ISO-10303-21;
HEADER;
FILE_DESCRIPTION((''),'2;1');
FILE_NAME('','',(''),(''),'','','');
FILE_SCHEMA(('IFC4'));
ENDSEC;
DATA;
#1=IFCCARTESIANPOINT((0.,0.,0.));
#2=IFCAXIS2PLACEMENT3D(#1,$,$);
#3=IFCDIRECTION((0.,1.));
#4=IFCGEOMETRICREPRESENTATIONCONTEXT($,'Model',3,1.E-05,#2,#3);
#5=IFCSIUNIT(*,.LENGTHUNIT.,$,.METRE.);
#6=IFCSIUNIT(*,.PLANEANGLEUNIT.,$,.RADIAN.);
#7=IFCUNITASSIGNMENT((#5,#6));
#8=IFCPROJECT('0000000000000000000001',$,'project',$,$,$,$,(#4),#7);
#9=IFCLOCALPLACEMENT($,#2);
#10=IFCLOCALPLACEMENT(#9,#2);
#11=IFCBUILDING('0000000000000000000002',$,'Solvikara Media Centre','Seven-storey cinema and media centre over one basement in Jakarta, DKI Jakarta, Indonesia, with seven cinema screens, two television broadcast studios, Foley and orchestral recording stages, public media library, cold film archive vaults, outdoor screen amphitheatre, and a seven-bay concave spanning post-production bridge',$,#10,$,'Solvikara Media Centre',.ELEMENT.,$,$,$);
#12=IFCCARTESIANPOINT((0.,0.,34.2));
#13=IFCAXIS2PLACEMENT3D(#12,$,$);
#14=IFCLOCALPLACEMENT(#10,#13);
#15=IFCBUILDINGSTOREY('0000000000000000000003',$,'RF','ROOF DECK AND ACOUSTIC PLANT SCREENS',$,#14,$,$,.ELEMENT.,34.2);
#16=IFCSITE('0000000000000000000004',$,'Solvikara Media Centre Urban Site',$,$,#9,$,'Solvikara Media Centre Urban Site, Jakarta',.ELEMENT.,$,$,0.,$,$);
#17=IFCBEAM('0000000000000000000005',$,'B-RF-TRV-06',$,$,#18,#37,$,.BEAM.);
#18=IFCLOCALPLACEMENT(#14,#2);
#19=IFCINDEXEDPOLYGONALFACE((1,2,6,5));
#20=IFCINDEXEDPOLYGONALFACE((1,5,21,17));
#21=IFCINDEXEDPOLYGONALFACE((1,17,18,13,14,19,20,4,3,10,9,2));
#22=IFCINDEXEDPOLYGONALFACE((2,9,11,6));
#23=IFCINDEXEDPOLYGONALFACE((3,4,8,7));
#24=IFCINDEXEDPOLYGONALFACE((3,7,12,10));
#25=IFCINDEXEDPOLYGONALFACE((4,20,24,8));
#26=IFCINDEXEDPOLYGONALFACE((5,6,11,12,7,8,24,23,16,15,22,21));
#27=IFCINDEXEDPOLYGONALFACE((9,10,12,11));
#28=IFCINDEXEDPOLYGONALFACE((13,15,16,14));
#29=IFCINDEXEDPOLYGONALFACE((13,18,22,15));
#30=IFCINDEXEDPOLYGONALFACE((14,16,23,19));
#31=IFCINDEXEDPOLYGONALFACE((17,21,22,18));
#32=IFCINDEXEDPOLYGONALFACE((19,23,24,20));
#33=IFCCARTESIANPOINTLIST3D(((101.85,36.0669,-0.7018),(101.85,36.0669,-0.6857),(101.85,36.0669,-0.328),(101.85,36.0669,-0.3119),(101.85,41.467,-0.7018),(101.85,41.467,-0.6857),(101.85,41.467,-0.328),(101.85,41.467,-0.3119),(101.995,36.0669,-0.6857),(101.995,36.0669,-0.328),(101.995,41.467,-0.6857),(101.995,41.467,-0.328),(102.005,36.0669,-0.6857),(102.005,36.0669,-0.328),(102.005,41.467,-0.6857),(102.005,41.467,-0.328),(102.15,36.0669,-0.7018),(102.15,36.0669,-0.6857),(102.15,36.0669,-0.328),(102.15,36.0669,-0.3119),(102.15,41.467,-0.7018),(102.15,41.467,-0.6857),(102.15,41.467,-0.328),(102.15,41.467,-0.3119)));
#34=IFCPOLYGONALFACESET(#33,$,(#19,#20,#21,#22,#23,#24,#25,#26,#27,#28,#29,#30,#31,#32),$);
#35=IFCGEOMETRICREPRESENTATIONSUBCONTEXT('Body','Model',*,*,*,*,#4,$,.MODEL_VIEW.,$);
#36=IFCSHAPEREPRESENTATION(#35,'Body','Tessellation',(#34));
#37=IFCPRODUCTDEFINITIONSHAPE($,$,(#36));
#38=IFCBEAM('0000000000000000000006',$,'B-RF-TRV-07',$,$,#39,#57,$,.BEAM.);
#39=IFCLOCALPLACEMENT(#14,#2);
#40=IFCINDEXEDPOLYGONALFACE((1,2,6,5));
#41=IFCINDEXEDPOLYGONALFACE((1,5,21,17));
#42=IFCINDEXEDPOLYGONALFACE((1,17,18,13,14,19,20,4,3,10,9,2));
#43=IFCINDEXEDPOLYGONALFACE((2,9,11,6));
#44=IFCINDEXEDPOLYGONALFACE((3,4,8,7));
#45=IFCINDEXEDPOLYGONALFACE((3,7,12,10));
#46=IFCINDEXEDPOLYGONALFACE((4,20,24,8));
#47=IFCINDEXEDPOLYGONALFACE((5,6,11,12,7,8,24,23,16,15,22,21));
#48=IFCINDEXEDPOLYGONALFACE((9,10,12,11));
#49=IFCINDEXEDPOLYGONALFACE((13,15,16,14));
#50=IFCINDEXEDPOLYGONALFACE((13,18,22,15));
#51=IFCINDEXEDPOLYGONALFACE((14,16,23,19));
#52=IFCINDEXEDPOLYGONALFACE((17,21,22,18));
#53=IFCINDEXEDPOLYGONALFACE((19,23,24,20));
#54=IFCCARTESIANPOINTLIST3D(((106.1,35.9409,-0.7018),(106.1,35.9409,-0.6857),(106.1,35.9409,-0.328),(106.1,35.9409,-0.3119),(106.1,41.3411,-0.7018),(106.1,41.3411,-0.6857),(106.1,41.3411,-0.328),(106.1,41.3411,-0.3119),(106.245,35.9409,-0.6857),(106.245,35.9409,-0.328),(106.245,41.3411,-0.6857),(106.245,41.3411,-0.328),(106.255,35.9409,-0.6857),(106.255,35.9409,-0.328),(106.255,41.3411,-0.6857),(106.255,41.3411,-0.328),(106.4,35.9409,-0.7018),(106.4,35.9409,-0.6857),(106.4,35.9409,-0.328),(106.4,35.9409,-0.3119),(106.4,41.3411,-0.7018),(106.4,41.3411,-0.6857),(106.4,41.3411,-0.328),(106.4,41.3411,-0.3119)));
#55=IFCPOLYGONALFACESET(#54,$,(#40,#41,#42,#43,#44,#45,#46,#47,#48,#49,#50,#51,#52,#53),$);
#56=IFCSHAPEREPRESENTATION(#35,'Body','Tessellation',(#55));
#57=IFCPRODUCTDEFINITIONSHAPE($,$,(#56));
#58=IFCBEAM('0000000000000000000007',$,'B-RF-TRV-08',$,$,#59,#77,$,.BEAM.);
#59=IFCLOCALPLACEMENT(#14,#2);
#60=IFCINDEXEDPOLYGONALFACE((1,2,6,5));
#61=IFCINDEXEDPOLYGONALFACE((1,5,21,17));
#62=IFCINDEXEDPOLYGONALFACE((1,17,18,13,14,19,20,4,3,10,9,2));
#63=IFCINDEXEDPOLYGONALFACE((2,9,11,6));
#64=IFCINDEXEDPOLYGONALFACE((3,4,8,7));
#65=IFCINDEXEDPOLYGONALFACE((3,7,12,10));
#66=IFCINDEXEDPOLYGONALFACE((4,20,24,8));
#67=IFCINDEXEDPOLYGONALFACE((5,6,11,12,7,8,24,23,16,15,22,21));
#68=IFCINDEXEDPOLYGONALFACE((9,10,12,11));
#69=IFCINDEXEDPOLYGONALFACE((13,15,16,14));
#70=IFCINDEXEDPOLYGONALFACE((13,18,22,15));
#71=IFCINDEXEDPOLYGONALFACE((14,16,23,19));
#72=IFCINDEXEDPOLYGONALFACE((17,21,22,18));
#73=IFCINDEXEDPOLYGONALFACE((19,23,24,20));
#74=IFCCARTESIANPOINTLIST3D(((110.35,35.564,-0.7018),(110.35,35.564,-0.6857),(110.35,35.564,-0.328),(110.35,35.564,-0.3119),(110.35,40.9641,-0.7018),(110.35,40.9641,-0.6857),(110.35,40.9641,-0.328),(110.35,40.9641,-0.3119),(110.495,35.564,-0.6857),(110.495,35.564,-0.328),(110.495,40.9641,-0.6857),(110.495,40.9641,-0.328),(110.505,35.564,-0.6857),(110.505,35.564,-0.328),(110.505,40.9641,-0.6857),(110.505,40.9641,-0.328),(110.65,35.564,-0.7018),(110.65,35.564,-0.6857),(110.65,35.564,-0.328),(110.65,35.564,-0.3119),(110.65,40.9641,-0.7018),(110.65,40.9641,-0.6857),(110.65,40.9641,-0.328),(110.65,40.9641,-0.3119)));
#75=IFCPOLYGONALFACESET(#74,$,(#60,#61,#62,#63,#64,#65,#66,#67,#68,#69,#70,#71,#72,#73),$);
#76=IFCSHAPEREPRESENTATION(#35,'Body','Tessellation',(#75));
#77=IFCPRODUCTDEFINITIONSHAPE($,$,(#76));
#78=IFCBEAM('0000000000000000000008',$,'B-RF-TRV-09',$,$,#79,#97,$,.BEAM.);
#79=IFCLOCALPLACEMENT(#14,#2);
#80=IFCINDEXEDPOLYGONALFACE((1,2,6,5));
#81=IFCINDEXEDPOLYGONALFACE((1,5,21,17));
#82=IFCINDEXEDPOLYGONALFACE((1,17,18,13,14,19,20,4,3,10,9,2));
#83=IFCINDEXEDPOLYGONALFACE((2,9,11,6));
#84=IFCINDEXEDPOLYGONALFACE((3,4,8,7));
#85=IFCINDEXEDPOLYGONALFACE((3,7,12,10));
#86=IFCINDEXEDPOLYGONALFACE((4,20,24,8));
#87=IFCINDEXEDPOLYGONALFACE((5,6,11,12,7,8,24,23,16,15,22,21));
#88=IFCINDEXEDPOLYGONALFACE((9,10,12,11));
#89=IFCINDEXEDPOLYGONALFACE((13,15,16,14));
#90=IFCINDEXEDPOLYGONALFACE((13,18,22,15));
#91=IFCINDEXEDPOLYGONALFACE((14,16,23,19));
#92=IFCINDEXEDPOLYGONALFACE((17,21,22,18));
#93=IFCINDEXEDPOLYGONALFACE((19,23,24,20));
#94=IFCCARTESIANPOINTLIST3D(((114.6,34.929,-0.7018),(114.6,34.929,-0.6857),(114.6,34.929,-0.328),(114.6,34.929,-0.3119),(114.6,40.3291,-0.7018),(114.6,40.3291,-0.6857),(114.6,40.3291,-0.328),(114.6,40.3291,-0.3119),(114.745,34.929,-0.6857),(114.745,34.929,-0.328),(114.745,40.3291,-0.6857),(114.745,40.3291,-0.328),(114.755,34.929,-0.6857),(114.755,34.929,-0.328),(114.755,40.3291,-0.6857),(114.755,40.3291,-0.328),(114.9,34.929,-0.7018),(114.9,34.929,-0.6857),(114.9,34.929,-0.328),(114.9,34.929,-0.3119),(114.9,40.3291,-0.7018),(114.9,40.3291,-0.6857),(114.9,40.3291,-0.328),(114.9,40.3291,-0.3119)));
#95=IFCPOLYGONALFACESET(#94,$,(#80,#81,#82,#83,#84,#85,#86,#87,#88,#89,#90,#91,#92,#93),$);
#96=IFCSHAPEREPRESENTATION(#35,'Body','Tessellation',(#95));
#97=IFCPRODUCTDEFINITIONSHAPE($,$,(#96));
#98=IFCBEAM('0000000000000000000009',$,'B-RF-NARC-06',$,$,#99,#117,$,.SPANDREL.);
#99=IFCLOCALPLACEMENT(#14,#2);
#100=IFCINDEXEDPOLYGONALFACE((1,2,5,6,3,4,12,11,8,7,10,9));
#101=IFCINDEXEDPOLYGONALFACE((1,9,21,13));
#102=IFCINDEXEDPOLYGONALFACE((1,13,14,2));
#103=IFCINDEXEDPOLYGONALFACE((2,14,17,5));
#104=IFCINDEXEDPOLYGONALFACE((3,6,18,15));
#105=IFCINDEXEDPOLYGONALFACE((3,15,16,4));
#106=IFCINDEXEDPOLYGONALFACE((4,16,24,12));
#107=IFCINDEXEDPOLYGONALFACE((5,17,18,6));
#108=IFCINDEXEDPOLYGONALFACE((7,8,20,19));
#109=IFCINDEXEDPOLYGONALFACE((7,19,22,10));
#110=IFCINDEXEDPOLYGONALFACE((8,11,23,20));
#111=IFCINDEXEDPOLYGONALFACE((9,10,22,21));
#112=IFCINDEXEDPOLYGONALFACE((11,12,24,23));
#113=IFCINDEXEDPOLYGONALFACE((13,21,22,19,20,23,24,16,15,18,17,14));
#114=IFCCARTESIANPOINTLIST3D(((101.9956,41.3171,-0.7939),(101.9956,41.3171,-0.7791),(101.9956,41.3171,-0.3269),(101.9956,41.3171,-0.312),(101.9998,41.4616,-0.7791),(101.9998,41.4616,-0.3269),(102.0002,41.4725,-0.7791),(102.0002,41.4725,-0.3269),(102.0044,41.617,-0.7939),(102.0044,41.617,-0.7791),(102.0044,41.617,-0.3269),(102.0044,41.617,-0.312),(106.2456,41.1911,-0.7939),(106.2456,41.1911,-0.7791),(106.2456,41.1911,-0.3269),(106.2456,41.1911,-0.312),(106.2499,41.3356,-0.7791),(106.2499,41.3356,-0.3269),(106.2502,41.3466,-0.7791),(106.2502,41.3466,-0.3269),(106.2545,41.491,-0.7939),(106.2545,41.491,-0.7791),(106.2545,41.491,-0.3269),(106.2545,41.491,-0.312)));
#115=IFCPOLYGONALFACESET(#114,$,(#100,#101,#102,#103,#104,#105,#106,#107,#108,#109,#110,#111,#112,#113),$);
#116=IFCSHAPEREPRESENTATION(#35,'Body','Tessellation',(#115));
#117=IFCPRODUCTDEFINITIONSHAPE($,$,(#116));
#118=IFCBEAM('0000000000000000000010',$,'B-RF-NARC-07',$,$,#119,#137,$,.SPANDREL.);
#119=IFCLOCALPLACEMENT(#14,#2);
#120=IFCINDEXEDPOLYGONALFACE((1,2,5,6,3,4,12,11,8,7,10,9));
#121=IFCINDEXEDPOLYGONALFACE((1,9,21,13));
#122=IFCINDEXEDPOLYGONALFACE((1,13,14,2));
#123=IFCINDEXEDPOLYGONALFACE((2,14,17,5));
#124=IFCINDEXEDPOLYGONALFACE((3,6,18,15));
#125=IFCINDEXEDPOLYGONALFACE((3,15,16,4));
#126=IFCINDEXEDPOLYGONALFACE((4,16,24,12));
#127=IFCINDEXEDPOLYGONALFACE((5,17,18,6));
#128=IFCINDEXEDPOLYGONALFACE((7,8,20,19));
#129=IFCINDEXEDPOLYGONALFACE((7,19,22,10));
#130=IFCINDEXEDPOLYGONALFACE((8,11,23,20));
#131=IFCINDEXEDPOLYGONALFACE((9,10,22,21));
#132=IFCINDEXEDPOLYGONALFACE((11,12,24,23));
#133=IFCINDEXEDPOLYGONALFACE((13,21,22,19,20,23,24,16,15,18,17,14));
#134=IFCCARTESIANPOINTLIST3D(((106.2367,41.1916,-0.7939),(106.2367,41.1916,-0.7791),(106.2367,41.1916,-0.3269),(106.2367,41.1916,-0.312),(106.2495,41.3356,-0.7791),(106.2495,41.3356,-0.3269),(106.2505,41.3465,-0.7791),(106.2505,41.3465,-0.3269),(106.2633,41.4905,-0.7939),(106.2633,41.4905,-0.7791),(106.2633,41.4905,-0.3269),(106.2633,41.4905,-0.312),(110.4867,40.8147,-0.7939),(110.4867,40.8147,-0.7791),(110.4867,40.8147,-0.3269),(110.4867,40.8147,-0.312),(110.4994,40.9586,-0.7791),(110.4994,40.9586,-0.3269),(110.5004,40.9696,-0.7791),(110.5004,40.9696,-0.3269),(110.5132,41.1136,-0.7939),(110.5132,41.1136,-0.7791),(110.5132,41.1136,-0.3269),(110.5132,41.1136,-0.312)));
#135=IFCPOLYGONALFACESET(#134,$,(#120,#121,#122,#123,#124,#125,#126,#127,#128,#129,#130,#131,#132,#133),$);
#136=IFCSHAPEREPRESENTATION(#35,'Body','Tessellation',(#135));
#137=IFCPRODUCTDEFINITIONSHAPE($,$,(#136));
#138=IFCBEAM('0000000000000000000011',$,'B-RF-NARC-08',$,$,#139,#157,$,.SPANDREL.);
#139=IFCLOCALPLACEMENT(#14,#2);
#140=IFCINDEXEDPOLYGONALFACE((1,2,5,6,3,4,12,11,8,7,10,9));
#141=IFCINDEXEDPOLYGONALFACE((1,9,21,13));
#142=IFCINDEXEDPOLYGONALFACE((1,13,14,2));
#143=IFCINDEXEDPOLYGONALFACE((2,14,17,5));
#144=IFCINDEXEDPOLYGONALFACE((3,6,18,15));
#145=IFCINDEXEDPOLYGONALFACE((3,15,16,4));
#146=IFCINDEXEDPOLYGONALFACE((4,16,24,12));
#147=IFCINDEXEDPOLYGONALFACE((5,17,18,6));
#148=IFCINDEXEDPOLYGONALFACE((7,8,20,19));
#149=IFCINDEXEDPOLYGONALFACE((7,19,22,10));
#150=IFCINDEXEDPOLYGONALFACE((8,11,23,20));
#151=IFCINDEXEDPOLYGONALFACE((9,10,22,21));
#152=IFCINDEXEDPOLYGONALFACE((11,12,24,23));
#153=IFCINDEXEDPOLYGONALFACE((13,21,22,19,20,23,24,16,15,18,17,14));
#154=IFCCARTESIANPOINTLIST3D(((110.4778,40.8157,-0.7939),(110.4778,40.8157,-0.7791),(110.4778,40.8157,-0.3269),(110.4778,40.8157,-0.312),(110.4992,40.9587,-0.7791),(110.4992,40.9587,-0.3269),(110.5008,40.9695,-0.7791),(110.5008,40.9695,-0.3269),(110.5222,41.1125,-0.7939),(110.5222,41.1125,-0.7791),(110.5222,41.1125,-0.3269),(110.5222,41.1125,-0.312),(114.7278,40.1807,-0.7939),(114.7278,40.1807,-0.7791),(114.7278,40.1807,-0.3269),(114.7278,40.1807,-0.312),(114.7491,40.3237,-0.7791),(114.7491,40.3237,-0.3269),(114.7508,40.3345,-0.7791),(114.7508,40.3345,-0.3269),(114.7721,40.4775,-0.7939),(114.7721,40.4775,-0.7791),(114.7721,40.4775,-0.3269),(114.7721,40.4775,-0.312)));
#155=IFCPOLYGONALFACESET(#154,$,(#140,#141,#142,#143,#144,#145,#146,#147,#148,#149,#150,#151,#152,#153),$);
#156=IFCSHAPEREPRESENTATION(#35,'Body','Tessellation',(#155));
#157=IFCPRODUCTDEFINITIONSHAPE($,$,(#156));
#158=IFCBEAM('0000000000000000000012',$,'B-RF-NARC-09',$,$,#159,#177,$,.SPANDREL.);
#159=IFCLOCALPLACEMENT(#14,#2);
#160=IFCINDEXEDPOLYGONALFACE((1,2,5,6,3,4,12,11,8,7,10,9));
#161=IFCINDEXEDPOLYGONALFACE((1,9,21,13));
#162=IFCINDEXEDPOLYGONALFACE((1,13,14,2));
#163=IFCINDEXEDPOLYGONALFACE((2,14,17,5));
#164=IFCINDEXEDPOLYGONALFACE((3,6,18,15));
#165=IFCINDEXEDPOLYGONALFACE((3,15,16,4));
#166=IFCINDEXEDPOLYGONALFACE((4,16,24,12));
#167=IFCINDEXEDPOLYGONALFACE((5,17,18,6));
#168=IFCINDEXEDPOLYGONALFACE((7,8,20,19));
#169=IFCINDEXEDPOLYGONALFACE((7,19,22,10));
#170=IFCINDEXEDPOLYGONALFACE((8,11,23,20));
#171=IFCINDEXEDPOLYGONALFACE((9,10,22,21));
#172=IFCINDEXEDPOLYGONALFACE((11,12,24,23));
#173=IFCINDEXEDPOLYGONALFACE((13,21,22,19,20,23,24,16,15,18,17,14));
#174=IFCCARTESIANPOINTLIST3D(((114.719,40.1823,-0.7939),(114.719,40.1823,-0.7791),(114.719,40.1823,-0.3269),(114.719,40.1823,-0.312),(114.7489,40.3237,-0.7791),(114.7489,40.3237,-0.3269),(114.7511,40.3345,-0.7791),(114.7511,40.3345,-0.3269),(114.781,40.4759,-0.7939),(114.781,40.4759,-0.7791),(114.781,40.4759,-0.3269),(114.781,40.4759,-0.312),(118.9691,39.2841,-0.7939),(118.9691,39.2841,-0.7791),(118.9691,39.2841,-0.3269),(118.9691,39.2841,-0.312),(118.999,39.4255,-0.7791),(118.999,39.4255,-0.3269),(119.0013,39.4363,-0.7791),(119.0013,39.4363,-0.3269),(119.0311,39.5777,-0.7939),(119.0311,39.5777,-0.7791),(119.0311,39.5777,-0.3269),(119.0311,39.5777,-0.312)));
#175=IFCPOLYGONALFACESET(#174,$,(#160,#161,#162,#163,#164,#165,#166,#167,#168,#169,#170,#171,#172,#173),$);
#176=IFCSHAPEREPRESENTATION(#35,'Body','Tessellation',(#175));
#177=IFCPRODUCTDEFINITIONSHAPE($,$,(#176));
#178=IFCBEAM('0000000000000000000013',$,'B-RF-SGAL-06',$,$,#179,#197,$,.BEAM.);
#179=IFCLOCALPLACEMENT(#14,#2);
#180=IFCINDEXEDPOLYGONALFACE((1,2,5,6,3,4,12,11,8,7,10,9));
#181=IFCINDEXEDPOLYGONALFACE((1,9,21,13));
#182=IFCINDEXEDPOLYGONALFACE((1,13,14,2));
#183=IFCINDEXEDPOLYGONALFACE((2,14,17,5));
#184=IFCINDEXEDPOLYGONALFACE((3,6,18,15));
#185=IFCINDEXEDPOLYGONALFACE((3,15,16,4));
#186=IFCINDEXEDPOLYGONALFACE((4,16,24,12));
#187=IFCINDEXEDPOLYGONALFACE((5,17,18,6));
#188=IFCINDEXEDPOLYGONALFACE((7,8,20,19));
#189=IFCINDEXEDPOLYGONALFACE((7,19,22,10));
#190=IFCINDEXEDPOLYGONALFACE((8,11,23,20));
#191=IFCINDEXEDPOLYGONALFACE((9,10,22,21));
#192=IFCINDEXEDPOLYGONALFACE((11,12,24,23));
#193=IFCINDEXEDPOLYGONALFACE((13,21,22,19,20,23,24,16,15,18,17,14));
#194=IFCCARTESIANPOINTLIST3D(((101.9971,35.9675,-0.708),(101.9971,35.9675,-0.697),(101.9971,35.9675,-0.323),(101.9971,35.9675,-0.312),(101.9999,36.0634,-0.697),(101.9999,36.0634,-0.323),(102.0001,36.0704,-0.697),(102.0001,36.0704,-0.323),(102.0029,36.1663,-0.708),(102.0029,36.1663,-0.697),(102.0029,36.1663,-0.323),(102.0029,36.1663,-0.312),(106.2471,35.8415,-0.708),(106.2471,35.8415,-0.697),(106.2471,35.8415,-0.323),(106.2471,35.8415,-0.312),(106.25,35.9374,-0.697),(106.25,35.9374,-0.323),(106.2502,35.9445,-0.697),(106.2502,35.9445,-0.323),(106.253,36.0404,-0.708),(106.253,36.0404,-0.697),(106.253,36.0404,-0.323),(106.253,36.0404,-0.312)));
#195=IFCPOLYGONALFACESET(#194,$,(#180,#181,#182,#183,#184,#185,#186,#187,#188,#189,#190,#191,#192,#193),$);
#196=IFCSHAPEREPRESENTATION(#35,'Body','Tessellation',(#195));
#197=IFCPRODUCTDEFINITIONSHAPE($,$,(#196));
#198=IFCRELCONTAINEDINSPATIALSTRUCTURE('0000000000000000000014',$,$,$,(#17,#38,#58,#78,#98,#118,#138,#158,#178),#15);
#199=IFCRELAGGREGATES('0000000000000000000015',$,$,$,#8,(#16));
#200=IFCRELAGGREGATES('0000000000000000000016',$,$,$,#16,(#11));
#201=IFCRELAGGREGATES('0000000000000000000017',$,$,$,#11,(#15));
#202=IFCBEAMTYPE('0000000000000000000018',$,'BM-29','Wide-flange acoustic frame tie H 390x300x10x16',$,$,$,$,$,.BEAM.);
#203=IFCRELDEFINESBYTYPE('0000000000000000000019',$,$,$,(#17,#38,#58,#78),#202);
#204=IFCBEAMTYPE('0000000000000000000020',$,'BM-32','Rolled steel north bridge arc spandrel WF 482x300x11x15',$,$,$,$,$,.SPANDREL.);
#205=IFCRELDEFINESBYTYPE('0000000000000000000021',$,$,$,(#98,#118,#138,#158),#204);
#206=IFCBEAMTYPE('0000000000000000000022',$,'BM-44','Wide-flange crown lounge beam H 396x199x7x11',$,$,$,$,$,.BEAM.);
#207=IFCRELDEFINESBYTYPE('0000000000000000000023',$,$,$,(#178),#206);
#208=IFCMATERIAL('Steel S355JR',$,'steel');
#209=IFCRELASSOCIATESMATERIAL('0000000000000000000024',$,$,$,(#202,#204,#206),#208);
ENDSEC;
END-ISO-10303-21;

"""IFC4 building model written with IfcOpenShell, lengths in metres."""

from ifc_helpers import new_model, si_unit, direction, frame, origin, origin_2d, place, context, subcontext, project, spatial, i_section, extrude, material, material_profile, profile_set, type_object, element, save


model = new_model("IFC4")

# Units and contexts
model_context = context("Model", 3, precision=1e-05, world=origin(), true_north=direction((0.0, 1.0)))
body_context = subcontext(model_context, "Body", "Model", "MODEL_VIEW")
ifc_project = project(units=[si_unit("LENGTHUNIT", "METRE"), si_unit("PLANEANGLEUNIT", "RADIAN")], contexts=[model_context])

# Site, building, storey
site_placement = place(None, origin())
site = spatial("IfcSite", under=ifc_project, at=site_placement, Name="Solvikara Media Centre Urban Site", LongName="Solvikara Media Centre Urban Site, Jakarta", CompositionType="ELEMENT", RefElevation=0.0)
building_placement = place(site_placement, origin())
building = spatial("IfcBuilding", under=site, at=building_placement, Name="Solvikara Media Centre", Description="Seven-storey cinema and media centre over one basement in Jakarta, DKI Jakarta, Indonesia, with seven cinema screens, two television broadcast studios, Foley and orchestral recording stages, public media library, cold film archive vaults, outdoor screen amphitheatre, and a seven-bay concave spanning post-production bridge", LongName="Solvikara Media Centre", CompositionType="ELEMENT")
storey_placement = place(building_placement, frame((0.0, 0.0, 34.2)))
storey = spatial("IfcBuildingStorey", under=building, at=storey_placement, Name="RF", Description="ROOF DECK AND ACOUSTIC PLANT SCREENS", CompositionType="ELEMENT", Elevation=34.2)

# Beams
ifc_material_1 = material(Name="Steel S355JR", Category="steel")
ifc_material_profile_1 = material_profile(ifc_material_1, i_section(OverallWidth=0.3, OverallDepth=0.3899, WebThickness=0.01, FlangeThickness=0.0161, at=origin_2d()), Name="H 390x300x10x16")
ifc_profile_set_1 = profile_set([ifc_material_profile_1], Name="Steel S355JR")
beam_type_1 = type_object("IfcBeamType", Name="BM-29", Description="Wide-flange acoustic frame tie H 390x300x10x16", PredefinedType="BEAM", material=ifc_profile_set_1)
for number, where, z_axis, x_axis, name in (
    (1, (102.0, 36.0669, -0.5068), (0.0, 1.0, 0.0), (-1.0, 0.0, 0.0), "B-RF-TRV-06"),
    (2, (106.25, 35.9409, -0.5068), (0.0, 1.0, 0.0), (-1.0, 0.0, 0.0), "B-RF-TRV-07"),
    (3, (110.5, 35.564, -0.5068), (0.0, 1.0, 0.0), (-1.0, 0.0, 0.0), "B-RF-TRV-08"),
    (4, (114.75, 34.929, -0.5068), (0.0, 1.0, 0.0), (-1.0, 0.0, 0.0), "B-RF-TRV-09"),
):
    element("IfcBeam", number, at=place(storey_placement, frame(where, z_axis=z_axis, x_axis=x_axis)), inside=storey, type_object=beam_type_1, Name=name, PredefinedType="BEAM", context=body_context, shape_type="SweptSolid", body=[
        extrude(i_section(OverallWidth=0.3, OverallDepth=0.3899, WebThickness=0.01, FlangeThickness=0.0161, at=origin_2d()), origin(), (0.0, 0.0, 1.0), 5.4001),
    ])
ifc_material_profile_2 = material_profile(ifc_material_1, i_section(OverallWidth=0.3, OverallDepth=0.4819, WebThickness=0.011, FlangeThickness=0.0149, at=origin_2d()), Name="WF 482x300x11x15")
ifc_profile_set_2 = profile_set([ifc_material_profile_2], Name="Steel S355JR")
beam_type_2 = type_object("IfcBeamType", Name="BM-32", Description="Rolled steel north bridge arc spandrel WF 482x300x11x15", PredefinedType="SPANDREL", material=ifc_profile_set_2)
beam_1_placement = place(storey_placement, frame((102.0, 41.467, -0.553), z_axis=(0.999561, -0.029629, 0.0), x_axis=(0.029629, 0.999561, 0.0)))
element("IfcBeam", 5, at=beam_1_placement, inside=storey, type_object=beam_type_2, Name="B-RF-NARC-06", PredefinedType="SPANDREL", context=body_context, shape_type="SweptSolid", body=[
    extrude(i_section(OverallWidth=0.3, OverallDepth=0.4819, WebThickness=0.011, FlangeThickness=0.0149, at=origin_2d()), origin(), (0.0, 0.0, 1.0), 4.252),
])
beam_2_placement = place(storey_placement, frame((106.25, 41.3411, -0.553), z_axis=(0.99609, -0.088348, 0.0), x_axis=(0.088348, 0.99609, 0.0)))
element("IfcBeam", 6, at=beam_2_placement, inside=storey, type_object=beam_type_2, Name="B-RF-NARC-07", PredefinedType="SPANDREL", context=body_context, shape_type="SweptSolid", body=[
    extrude(i_section(OverallWidth=0.3, OverallDepth=0.4819, WebThickness=0.011, FlangeThickness=0.0149, at=origin_2d()), origin(), (0.0, 0.0, 1.0), 4.2666),
])
beam_3_placement = place(storey_placement, frame((110.5, 40.9641, -0.553), z_axis=(0.989021, -0.147774, 0.0), x_axis=(0.147774, 0.989021, 0.0)))
element("IfcBeam", 7, at=beam_3_placement, inside=storey, type_object=beam_type_2, Name="B-RF-NARC-08", PredefinedType="SPANDREL", context=body_context, shape_type="SweptSolid", body=[
    extrude(i_section(OverallWidth=0.3, OverallDepth=0.4819, WebThickness=0.011, FlangeThickness=0.0149, at=origin_2d()), origin(), (0.0, 0.0, 1.0), 4.2971),
])
beam_4_placement = place(storey_placement, frame((114.75, 40.3291, -0.553), z_axis=(0.978389, -0.206772, 0.0), x_axis=(0.206772, 0.978389, 0.0)))
element("IfcBeam", 8, at=beam_4_placement, inside=storey, type_object=beam_type_2, Name="B-RF-NARC-09", PredefinedType="SPANDREL", context=body_context, shape_type="SweptSolid", body=[
    extrude(i_section(OverallWidth=0.3, OverallDepth=0.4819, WebThickness=0.011, FlangeThickness=0.0149, at=origin_2d()), origin(), (0.0, 0.0, 1.0), 4.344),
])
ifc_material_profile_3 = material_profile(ifc_material_1, i_section(OverallWidth=0.199, OverallDepth=0.396, WebThickness=0.0071, FlangeThickness=0.011, at=origin_2d()), Name="H 396x199x7x11")
ifc_profile_set_3 = profile_set([ifc_material_profile_3], Name="Steel S355JR")
beam_type_3 = type_object("IfcBeamType", Name="BM-44", Description="Wide-flange crown lounge beam H 396x199x7x11", PredefinedType="BEAM", material=ifc_profile_set_3)
beam_5_placement = place(storey_placement, frame((102.0, 36.0669, -0.51), z_axis=(0.999561, -0.029629, 0.0), x_axis=(0.029629, 0.999561, 0.0)))
element("IfcBeam", 9, at=beam_5_placement, inside=storey, type_object=beam_type_3, Name="B-RF-SGAL-06", PredefinedType="BEAM", context=body_context, shape_type="SweptSolid", body=[
    extrude(i_section(OverallWidth=0.199, OverallDepth=0.396, WebThickness=0.0071, FlangeThickness=0.011, at=origin_2d()), origin(), (0.0, 0.0, 1.0), 4.252),
])

save(model, "model.ifc")
